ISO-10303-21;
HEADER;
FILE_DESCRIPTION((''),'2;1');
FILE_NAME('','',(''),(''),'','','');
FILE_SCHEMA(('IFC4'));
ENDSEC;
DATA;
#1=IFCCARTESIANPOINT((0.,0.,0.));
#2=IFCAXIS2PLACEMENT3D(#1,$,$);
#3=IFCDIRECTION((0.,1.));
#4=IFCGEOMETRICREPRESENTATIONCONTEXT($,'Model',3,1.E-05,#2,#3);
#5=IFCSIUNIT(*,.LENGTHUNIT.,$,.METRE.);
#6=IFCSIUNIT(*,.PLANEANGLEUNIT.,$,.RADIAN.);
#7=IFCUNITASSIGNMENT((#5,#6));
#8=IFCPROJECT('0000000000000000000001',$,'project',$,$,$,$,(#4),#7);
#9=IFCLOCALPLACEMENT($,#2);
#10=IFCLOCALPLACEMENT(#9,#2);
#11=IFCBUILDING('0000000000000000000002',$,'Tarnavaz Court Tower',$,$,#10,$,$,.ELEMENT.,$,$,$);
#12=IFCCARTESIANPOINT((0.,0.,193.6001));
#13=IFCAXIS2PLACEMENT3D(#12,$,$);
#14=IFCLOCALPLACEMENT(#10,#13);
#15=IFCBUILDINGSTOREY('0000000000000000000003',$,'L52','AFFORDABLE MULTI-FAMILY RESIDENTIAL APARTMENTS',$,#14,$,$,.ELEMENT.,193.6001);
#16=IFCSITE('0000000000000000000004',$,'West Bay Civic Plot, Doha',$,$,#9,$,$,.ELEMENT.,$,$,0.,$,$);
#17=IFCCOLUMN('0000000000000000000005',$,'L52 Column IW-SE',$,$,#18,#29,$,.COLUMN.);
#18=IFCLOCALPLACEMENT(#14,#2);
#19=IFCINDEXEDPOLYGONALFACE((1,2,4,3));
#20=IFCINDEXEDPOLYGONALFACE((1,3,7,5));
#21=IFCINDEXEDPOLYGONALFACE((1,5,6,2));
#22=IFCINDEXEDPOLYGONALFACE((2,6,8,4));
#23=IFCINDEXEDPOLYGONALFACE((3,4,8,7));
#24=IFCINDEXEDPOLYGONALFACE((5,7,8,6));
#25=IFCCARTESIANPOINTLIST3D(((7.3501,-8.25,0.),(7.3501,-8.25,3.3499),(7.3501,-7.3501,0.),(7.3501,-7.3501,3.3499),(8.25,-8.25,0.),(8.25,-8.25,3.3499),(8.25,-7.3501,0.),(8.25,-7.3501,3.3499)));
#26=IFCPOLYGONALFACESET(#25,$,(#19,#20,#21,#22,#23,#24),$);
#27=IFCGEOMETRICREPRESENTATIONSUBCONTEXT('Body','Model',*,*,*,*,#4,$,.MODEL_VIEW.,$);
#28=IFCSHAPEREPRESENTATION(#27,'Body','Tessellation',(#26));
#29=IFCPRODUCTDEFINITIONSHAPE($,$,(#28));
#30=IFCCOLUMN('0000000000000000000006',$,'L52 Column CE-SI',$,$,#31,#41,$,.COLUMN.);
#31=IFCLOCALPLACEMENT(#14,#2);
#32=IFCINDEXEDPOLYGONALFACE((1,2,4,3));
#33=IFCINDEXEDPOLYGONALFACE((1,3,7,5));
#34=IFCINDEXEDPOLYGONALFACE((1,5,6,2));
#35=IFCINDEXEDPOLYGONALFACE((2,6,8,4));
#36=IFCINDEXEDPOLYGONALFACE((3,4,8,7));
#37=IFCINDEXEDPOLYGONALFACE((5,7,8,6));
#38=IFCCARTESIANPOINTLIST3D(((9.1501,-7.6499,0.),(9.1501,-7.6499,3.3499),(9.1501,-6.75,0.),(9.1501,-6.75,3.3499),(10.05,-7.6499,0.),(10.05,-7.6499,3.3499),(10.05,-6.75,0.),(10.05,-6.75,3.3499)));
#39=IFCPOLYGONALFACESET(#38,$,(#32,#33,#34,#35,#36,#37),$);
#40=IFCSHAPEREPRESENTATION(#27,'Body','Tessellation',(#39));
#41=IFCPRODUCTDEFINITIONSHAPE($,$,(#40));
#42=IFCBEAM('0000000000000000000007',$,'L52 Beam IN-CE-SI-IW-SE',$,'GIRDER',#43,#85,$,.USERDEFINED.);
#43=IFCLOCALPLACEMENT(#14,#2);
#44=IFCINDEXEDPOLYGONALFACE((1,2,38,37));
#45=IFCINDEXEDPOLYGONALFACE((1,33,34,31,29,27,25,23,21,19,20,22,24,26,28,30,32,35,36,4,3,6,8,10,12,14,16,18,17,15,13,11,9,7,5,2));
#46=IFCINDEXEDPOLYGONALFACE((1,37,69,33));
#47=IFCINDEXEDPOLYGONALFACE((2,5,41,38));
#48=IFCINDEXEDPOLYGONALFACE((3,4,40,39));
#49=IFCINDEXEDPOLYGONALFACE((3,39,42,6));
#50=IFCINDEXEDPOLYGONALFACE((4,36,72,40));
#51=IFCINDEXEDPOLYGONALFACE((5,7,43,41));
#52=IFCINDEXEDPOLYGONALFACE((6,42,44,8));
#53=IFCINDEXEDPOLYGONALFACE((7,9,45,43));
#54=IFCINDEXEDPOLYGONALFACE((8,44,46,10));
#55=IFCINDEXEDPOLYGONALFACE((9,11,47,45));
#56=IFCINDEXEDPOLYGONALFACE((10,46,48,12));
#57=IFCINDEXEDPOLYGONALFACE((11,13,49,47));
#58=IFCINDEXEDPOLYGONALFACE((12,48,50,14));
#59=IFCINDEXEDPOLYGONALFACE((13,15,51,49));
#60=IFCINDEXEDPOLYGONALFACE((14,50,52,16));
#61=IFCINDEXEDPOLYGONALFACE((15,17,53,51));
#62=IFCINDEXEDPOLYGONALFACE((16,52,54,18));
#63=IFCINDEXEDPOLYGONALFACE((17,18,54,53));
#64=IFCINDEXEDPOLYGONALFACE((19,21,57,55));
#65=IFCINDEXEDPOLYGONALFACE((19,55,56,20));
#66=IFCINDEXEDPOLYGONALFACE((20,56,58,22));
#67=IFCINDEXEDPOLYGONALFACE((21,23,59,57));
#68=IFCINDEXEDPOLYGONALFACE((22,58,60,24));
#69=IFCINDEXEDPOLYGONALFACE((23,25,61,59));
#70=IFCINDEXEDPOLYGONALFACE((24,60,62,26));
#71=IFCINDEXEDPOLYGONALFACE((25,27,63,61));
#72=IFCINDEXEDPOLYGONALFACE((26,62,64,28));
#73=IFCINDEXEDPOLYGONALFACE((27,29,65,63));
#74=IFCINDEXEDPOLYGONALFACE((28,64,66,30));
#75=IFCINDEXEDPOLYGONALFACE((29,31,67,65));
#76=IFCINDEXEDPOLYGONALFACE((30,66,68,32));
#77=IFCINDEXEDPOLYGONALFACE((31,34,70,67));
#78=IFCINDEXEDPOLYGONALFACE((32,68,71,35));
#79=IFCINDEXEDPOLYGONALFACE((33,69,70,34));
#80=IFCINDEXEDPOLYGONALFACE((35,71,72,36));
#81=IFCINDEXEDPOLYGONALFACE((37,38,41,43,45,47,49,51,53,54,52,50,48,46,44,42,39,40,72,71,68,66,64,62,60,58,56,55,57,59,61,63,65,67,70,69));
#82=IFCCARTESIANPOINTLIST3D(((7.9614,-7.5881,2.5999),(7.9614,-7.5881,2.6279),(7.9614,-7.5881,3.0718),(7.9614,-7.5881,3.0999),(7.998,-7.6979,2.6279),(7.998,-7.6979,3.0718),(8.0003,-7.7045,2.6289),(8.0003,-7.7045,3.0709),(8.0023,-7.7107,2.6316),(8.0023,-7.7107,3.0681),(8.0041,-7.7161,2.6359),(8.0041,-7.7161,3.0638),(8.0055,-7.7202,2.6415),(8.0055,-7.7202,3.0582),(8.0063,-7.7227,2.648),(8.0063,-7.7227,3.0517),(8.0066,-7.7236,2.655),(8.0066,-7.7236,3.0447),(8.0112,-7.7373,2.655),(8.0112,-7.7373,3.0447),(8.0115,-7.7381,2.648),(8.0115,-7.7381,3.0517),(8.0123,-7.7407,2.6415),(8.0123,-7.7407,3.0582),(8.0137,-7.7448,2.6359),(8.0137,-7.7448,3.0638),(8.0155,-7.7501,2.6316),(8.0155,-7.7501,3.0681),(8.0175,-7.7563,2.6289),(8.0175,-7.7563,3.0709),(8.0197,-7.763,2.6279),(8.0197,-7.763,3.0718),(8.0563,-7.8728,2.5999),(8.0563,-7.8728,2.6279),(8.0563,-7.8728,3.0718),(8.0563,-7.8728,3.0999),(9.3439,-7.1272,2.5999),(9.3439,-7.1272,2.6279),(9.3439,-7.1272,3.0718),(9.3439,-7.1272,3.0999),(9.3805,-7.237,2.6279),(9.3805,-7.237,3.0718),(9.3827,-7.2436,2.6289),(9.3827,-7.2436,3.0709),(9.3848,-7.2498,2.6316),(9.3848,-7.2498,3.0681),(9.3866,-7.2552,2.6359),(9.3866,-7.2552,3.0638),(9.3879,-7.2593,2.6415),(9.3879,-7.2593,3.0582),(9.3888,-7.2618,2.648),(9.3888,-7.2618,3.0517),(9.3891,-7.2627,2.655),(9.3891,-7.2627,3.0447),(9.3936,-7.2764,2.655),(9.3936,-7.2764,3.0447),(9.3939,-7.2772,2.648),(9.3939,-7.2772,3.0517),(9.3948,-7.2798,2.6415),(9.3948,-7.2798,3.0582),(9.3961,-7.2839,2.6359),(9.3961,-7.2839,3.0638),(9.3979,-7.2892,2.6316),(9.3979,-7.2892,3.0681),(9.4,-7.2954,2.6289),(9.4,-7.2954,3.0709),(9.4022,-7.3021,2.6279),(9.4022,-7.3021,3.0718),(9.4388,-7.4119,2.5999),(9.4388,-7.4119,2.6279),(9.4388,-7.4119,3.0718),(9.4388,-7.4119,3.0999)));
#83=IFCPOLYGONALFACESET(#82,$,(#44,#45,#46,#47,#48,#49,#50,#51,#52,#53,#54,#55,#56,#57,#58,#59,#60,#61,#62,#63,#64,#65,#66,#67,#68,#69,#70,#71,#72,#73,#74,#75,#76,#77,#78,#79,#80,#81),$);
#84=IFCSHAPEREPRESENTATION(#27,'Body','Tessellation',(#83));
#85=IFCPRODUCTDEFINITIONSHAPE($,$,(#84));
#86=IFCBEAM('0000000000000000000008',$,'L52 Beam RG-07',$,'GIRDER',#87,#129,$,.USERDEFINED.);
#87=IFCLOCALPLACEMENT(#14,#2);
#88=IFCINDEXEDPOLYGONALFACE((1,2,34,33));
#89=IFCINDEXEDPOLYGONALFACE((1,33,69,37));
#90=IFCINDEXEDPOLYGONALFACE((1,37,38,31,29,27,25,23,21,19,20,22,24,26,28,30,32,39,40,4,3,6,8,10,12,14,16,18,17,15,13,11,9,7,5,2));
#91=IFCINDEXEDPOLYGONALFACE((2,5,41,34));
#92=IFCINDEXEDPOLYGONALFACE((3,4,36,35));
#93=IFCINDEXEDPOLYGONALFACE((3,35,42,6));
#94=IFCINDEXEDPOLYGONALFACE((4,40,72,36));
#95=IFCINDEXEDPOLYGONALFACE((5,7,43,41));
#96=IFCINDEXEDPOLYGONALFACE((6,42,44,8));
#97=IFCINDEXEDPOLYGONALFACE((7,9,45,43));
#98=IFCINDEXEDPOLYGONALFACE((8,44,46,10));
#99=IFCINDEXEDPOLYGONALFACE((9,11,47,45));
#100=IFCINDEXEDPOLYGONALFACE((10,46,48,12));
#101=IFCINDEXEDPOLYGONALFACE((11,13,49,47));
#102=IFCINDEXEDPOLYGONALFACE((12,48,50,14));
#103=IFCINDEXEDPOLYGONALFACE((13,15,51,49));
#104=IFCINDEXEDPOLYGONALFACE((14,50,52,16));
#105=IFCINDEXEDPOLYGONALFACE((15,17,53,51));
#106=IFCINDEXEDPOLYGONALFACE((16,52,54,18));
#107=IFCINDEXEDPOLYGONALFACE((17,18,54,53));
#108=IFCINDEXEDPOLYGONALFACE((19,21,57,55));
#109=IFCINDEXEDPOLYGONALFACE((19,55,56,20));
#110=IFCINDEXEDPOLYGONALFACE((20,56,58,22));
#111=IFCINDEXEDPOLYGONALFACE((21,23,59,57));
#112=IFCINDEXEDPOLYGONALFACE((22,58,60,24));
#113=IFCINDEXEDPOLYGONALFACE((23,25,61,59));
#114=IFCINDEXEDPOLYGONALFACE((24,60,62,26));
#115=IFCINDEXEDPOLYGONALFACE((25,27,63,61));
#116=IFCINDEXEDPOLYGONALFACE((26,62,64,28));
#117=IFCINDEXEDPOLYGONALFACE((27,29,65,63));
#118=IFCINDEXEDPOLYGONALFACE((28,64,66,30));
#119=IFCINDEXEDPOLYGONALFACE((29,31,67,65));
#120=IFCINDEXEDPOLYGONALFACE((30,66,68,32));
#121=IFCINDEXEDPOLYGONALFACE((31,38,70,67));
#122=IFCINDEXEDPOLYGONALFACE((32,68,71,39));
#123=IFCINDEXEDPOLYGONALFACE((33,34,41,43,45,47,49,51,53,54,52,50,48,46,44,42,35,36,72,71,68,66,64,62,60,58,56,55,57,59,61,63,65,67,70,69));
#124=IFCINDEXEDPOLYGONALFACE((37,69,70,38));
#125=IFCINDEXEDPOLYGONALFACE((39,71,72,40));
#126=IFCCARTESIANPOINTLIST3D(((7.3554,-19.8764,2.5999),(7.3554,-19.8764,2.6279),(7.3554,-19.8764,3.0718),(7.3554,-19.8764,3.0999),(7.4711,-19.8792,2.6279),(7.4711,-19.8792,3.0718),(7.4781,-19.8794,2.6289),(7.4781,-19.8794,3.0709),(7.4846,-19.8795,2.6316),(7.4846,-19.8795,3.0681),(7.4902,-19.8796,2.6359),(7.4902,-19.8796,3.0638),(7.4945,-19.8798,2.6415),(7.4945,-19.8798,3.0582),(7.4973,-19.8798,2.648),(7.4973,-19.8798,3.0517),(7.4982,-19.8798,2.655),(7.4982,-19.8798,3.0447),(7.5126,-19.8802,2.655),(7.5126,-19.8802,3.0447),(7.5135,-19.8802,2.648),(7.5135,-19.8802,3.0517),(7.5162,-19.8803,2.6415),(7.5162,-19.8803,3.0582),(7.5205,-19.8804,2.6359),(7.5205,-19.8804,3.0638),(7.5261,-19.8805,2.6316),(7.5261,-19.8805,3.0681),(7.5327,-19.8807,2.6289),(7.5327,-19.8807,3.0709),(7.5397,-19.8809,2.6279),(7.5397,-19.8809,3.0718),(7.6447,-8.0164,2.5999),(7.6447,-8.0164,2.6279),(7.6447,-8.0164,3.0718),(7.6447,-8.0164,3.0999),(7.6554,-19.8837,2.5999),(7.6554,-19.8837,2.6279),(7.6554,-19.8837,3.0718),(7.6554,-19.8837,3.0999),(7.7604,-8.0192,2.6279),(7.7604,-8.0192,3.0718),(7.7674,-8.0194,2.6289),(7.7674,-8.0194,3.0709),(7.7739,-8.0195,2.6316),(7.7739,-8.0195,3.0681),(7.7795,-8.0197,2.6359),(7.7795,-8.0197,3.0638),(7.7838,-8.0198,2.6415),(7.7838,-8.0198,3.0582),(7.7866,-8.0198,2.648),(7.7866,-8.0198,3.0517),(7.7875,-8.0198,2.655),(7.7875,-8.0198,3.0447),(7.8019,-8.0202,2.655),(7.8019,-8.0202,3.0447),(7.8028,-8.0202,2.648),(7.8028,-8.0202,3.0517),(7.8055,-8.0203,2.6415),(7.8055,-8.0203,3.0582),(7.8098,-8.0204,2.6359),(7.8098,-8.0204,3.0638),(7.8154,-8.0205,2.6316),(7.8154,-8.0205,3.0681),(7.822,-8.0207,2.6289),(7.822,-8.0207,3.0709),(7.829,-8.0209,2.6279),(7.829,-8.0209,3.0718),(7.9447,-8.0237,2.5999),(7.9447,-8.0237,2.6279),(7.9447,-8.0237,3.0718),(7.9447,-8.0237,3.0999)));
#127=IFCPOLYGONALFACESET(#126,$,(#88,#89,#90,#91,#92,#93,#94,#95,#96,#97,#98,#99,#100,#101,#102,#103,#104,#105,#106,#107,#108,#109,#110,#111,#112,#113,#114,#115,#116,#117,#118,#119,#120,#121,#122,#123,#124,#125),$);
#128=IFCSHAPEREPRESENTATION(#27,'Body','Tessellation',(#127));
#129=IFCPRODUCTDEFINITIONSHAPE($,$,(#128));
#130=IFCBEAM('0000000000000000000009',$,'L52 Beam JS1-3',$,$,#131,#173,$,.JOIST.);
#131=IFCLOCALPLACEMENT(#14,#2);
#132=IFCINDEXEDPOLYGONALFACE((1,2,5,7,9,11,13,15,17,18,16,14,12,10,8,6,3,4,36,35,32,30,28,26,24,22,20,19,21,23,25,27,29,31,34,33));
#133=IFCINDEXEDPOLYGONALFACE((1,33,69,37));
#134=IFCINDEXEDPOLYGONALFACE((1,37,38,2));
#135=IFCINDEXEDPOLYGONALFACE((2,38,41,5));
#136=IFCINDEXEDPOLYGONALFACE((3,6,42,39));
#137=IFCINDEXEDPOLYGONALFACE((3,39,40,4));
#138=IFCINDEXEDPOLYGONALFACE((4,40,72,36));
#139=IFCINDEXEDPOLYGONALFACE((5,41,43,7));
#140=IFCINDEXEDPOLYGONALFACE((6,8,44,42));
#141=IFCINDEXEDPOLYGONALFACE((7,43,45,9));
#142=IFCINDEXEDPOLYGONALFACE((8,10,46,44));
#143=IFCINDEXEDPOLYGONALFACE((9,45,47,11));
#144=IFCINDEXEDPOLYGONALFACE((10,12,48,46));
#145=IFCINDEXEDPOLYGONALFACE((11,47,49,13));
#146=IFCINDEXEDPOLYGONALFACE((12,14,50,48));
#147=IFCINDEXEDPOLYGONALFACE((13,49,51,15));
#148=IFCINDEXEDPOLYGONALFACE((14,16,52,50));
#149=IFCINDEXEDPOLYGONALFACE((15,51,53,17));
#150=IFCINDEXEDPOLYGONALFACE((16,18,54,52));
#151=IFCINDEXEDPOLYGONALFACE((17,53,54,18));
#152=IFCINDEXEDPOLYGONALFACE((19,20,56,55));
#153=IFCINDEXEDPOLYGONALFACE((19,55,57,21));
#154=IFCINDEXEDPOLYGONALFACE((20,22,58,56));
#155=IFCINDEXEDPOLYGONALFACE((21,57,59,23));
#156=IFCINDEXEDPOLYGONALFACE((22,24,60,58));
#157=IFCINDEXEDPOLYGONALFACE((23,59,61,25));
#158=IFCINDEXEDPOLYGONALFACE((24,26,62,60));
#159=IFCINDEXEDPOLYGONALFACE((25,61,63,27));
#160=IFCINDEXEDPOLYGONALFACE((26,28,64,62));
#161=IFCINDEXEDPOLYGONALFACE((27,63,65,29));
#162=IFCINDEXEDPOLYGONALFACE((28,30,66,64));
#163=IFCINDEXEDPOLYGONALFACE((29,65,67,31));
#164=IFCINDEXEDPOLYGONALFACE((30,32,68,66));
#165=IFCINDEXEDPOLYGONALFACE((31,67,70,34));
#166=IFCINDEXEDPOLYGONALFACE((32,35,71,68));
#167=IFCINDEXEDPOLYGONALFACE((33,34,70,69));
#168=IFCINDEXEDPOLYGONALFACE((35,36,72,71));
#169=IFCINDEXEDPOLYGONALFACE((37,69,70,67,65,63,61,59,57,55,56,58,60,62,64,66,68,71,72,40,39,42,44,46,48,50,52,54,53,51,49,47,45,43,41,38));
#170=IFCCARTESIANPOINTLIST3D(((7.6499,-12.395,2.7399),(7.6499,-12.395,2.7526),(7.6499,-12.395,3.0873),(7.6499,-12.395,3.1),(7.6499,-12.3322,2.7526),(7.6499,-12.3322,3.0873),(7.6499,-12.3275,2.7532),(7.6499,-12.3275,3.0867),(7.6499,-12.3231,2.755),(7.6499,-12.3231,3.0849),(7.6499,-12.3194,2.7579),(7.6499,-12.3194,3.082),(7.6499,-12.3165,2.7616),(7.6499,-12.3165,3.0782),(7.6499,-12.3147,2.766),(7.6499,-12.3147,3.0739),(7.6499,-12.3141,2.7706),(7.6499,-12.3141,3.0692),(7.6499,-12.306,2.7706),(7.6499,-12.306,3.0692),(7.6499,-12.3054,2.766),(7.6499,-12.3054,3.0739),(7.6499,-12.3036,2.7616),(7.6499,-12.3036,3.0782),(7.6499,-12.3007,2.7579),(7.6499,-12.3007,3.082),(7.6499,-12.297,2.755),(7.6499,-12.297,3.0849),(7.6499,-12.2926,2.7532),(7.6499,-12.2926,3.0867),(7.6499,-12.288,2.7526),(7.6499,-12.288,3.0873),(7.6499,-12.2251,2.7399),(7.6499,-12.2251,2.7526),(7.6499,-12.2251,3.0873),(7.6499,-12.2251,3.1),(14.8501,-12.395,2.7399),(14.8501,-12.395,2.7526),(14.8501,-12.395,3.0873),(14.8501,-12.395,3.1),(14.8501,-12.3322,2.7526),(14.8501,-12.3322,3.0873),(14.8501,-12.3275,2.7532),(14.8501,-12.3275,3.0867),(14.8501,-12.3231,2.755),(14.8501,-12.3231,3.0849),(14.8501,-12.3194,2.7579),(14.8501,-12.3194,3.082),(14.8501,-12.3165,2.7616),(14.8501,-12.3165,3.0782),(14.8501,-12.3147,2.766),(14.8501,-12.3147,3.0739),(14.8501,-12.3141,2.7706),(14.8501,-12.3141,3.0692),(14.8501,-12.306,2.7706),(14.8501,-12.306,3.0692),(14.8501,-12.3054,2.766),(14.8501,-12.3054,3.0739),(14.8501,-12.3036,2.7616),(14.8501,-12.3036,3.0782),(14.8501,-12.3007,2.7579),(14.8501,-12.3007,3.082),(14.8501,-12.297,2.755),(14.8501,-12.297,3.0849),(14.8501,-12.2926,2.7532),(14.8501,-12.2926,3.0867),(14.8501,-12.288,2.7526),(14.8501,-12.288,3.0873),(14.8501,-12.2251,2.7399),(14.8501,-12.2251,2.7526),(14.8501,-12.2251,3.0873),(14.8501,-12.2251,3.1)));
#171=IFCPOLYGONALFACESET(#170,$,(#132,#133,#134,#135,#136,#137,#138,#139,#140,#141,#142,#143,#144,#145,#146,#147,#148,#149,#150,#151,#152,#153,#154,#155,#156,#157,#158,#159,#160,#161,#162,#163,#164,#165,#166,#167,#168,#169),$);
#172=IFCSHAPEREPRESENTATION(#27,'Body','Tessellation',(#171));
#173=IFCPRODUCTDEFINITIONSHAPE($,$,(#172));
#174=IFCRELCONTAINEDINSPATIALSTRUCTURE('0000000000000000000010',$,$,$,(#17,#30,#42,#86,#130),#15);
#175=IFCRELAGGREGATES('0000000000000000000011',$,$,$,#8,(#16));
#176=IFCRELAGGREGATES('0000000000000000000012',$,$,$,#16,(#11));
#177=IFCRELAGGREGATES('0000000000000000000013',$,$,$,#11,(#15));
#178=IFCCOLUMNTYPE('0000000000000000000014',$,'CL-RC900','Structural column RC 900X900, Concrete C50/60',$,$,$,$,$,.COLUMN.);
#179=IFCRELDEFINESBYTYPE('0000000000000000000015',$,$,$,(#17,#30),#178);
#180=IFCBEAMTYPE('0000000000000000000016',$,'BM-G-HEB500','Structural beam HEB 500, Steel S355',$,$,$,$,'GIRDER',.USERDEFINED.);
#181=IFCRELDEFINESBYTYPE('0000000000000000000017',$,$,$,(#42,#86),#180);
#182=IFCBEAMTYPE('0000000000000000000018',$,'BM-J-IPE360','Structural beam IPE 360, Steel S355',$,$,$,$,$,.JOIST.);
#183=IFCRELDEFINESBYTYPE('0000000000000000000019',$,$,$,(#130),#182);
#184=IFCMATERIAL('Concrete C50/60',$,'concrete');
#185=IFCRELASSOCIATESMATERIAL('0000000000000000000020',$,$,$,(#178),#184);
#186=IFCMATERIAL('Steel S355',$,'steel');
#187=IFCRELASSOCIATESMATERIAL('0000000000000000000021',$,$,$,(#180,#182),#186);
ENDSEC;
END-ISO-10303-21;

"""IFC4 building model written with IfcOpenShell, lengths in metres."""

from ifc_helpers import new_model, si_unit, direction, frame, origin, origin_2d, place, context, subcontext, project, spatial, rectangle, i_section, extrude, material, material_profile, profile_set, type_object, element, save


model = new_model("IFC4")

# Units and contexts
model_context = context("Model", 3, precision=1e-05, world=origin(), true_north=direction((0.0, 1.0)))
body_context = subcontext(model_context, "Body", "Model", "MODEL_VIEW")
ifc_project = project(units=[si_unit("LENGTHUNIT", "METRE"), si_unit("PLANEANGLEUNIT", "RADIAN")], contexts=[model_context])

# Site, building, storey
site_placement = place(None, origin())
site = spatial("IfcSite", under=ifc_project, at=site_placement, Name="West Bay Civic Plot, Doha", CompositionType="ELEMENT", RefElevation=0.0)
building_placement = place(site_placement, origin())
building = spatial("IfcBuilding", under=site, at=building_placement, Name="Tarnavaz Court Tower", CompositionType="ELEMENT")
storey_placement = place(building_placement, frame((0.0, 0.0, 193.6001)))
storey = spatial("IfcBuildingStorey", under=building, at=storey_placement, Name="L52", Description="AFFORDABLE MULTI-FAMILY RESIDENTIAL APARTMENTS", CompositionType="ELEMENT", Elevation=193.6001)

# Columns
ifc_material_1 = material(Name="Concrete C50/60", Category="concrete")
ifc_material_profile_1 = material_profile(ifc_material_1, rectangle(XDim=0.8999, YDim=0.8999, at=origin_2d()), Name="RC 900X900")
ifc_profile_set_1 = profile_set([ifc_material_profile_1], Name="Concrete C50/60")
column_type = type_object("IfcColumnType", Name="CL-RC900", Description="Structural column RC 900X900, Concrete C50/60", PredefinedType="COLUMN", material=ifc_profile_set_1)
for number, where, z_axis, x_axis, name in (
    (1, (7.8, -7.8, 0.0), (0.0, 0.0, 1.0), (1.0, 0.0, 0.0), "L52 Column IW-SE"),
    (2, (9.6001, -7.2, 0.0), (0.0, 0.0, 1.0), (1.0, 0.0, 0.0), "L52 Column CE-SI"),
):
    element("IfcColumn", number, at=place(storey_placement, frame(where, z_axis=z_axis, x_axis=x_axis)), inside=storey, type_object=column_type, Name=name, PredefinedType="COLUMN", context=body_context, shape_type="SweptSolid", body=[
        extrude(rectangle(XDim=0.8999, YDim=0.8999, at=origin_2d()), origin(), (0.0, 0.0, 1.0), 3.3499),
    ])

# Beams
ifc_material_2 = material(Name="Steel S355", Category="steel")
ifc_material_profile_2 = material_profile(ifc_material_2, i_section(OverallWidth=0.3, OverallDepth=0.5, WebThickness=0.0144, FlangeThickness=0.0281, FilletRadius=0.0271, at=origin_2d()), Name="HEB 500")
ifc_profile_set_2 = profile_set([ifc_material_profile_2], Name="Steel S355")
beam_type_1 = type_object("IfcBeamType", Name="BM-G-HEB500", Description="Structural beam HEB 500, Steel S355", ElementType="GIRDER", PredefinedType="USERDEFINED", material=ifc_profile_set_2)
beam_1_placement = place(storey_placement, frame((9.3914, -7.2695, 2.8499), z_axis=(-0.948667, -0.316278, 0.0), x_axis=(0.316278, -0.948667, 0.0)))
element("IfcBeam", 3, at=beam_1_placement, inside=storey, type_object=beam_type_1, Name="L52 Beam IN-CE-SI-IW-SE", ObjectType="GIRDER", PredefinedType="USERDEFINED", context=body_context, shape_type="SweptSolid", body=[
    extrude(i_section(OverallWidth=0.3, OverallDepth=0.5, WebThickness=0.0144, FlangeThickness=0.0281, FilletRadius=0.0271, at=origin_2d()), origin(), (0.0, 0.0, 1.0), 1.4573),
])
beam_2_placement = place(storey_placement, frame((7.7947, -8.02, 2.8499), z_axis=(-0.024386, -0.999703, 0.0), x_axis=(0.999703, -0.024386, 0.0)))
element("IfcBeam", 4, at=beam_2_placement, inside=storey, type_object=beam_type_1, Name="L52 Beam RG-07", ObjectType="GIRDER", PredefinedType="USERDEFINED", context=body_context, shape_type="SweptSolid", body=[
    extrude(i_section(OverallWidth=0.3, OverallDepth=0.5, WebThickness=0.0144, FlangeThickness=0.0281, FilletRadius=0.0271, at=origin_2d()), origin(), (0.0, 0.0, 1.0), 11.8635),
])
ifc_material_profile_3 = material_profile(ifc_material_2, i_section(OverallWidth=0.1699, OverallDepth=0.3601, WebThickness=0.0081, FlangeThickness=0.0127, FilletRadius=0.0181, at=origin_2d()), Name="IPE 360")
ifc_profile_set_3 = profile_set([ifc_material_profile_3], Name="Steel S355")
beam_type_2 = type_object("IfcBeamType", Name="BM-J-IPE360", Description="Structural beam IPE 360, Steel S355", PredefinedType="JOIST", material=ifc_profile_set_3)
for number, where, z_axis, x_axis, name in (
    (5, (7.6499, -12.3101, 2.9199), (1.0, 0.0, 0.0), (0.0, 1.0, 0.0), "L52 Beam JS1-3"),
):
    element("IfcBeam", number, at=place(storey_placement, frame(where, z_axis=z_axis, x_axis=x_axis)), inside=storey, type_object=beam_type_2, Name=name, PredefinedType="JOIST", context=body_context, shape_type="SweptSolid", body=[
        extrude(i_section(OverallWidth=0.1699, OverallDepth=0.3601, WebThickness=0.0081, FlangeThickness=0.0127, FilletRadius=0.0181, at=origin_2d()), origin(), (0.0, 0.0, 1.0), 7.2002),
    ])

save(model, "model.ifc")
